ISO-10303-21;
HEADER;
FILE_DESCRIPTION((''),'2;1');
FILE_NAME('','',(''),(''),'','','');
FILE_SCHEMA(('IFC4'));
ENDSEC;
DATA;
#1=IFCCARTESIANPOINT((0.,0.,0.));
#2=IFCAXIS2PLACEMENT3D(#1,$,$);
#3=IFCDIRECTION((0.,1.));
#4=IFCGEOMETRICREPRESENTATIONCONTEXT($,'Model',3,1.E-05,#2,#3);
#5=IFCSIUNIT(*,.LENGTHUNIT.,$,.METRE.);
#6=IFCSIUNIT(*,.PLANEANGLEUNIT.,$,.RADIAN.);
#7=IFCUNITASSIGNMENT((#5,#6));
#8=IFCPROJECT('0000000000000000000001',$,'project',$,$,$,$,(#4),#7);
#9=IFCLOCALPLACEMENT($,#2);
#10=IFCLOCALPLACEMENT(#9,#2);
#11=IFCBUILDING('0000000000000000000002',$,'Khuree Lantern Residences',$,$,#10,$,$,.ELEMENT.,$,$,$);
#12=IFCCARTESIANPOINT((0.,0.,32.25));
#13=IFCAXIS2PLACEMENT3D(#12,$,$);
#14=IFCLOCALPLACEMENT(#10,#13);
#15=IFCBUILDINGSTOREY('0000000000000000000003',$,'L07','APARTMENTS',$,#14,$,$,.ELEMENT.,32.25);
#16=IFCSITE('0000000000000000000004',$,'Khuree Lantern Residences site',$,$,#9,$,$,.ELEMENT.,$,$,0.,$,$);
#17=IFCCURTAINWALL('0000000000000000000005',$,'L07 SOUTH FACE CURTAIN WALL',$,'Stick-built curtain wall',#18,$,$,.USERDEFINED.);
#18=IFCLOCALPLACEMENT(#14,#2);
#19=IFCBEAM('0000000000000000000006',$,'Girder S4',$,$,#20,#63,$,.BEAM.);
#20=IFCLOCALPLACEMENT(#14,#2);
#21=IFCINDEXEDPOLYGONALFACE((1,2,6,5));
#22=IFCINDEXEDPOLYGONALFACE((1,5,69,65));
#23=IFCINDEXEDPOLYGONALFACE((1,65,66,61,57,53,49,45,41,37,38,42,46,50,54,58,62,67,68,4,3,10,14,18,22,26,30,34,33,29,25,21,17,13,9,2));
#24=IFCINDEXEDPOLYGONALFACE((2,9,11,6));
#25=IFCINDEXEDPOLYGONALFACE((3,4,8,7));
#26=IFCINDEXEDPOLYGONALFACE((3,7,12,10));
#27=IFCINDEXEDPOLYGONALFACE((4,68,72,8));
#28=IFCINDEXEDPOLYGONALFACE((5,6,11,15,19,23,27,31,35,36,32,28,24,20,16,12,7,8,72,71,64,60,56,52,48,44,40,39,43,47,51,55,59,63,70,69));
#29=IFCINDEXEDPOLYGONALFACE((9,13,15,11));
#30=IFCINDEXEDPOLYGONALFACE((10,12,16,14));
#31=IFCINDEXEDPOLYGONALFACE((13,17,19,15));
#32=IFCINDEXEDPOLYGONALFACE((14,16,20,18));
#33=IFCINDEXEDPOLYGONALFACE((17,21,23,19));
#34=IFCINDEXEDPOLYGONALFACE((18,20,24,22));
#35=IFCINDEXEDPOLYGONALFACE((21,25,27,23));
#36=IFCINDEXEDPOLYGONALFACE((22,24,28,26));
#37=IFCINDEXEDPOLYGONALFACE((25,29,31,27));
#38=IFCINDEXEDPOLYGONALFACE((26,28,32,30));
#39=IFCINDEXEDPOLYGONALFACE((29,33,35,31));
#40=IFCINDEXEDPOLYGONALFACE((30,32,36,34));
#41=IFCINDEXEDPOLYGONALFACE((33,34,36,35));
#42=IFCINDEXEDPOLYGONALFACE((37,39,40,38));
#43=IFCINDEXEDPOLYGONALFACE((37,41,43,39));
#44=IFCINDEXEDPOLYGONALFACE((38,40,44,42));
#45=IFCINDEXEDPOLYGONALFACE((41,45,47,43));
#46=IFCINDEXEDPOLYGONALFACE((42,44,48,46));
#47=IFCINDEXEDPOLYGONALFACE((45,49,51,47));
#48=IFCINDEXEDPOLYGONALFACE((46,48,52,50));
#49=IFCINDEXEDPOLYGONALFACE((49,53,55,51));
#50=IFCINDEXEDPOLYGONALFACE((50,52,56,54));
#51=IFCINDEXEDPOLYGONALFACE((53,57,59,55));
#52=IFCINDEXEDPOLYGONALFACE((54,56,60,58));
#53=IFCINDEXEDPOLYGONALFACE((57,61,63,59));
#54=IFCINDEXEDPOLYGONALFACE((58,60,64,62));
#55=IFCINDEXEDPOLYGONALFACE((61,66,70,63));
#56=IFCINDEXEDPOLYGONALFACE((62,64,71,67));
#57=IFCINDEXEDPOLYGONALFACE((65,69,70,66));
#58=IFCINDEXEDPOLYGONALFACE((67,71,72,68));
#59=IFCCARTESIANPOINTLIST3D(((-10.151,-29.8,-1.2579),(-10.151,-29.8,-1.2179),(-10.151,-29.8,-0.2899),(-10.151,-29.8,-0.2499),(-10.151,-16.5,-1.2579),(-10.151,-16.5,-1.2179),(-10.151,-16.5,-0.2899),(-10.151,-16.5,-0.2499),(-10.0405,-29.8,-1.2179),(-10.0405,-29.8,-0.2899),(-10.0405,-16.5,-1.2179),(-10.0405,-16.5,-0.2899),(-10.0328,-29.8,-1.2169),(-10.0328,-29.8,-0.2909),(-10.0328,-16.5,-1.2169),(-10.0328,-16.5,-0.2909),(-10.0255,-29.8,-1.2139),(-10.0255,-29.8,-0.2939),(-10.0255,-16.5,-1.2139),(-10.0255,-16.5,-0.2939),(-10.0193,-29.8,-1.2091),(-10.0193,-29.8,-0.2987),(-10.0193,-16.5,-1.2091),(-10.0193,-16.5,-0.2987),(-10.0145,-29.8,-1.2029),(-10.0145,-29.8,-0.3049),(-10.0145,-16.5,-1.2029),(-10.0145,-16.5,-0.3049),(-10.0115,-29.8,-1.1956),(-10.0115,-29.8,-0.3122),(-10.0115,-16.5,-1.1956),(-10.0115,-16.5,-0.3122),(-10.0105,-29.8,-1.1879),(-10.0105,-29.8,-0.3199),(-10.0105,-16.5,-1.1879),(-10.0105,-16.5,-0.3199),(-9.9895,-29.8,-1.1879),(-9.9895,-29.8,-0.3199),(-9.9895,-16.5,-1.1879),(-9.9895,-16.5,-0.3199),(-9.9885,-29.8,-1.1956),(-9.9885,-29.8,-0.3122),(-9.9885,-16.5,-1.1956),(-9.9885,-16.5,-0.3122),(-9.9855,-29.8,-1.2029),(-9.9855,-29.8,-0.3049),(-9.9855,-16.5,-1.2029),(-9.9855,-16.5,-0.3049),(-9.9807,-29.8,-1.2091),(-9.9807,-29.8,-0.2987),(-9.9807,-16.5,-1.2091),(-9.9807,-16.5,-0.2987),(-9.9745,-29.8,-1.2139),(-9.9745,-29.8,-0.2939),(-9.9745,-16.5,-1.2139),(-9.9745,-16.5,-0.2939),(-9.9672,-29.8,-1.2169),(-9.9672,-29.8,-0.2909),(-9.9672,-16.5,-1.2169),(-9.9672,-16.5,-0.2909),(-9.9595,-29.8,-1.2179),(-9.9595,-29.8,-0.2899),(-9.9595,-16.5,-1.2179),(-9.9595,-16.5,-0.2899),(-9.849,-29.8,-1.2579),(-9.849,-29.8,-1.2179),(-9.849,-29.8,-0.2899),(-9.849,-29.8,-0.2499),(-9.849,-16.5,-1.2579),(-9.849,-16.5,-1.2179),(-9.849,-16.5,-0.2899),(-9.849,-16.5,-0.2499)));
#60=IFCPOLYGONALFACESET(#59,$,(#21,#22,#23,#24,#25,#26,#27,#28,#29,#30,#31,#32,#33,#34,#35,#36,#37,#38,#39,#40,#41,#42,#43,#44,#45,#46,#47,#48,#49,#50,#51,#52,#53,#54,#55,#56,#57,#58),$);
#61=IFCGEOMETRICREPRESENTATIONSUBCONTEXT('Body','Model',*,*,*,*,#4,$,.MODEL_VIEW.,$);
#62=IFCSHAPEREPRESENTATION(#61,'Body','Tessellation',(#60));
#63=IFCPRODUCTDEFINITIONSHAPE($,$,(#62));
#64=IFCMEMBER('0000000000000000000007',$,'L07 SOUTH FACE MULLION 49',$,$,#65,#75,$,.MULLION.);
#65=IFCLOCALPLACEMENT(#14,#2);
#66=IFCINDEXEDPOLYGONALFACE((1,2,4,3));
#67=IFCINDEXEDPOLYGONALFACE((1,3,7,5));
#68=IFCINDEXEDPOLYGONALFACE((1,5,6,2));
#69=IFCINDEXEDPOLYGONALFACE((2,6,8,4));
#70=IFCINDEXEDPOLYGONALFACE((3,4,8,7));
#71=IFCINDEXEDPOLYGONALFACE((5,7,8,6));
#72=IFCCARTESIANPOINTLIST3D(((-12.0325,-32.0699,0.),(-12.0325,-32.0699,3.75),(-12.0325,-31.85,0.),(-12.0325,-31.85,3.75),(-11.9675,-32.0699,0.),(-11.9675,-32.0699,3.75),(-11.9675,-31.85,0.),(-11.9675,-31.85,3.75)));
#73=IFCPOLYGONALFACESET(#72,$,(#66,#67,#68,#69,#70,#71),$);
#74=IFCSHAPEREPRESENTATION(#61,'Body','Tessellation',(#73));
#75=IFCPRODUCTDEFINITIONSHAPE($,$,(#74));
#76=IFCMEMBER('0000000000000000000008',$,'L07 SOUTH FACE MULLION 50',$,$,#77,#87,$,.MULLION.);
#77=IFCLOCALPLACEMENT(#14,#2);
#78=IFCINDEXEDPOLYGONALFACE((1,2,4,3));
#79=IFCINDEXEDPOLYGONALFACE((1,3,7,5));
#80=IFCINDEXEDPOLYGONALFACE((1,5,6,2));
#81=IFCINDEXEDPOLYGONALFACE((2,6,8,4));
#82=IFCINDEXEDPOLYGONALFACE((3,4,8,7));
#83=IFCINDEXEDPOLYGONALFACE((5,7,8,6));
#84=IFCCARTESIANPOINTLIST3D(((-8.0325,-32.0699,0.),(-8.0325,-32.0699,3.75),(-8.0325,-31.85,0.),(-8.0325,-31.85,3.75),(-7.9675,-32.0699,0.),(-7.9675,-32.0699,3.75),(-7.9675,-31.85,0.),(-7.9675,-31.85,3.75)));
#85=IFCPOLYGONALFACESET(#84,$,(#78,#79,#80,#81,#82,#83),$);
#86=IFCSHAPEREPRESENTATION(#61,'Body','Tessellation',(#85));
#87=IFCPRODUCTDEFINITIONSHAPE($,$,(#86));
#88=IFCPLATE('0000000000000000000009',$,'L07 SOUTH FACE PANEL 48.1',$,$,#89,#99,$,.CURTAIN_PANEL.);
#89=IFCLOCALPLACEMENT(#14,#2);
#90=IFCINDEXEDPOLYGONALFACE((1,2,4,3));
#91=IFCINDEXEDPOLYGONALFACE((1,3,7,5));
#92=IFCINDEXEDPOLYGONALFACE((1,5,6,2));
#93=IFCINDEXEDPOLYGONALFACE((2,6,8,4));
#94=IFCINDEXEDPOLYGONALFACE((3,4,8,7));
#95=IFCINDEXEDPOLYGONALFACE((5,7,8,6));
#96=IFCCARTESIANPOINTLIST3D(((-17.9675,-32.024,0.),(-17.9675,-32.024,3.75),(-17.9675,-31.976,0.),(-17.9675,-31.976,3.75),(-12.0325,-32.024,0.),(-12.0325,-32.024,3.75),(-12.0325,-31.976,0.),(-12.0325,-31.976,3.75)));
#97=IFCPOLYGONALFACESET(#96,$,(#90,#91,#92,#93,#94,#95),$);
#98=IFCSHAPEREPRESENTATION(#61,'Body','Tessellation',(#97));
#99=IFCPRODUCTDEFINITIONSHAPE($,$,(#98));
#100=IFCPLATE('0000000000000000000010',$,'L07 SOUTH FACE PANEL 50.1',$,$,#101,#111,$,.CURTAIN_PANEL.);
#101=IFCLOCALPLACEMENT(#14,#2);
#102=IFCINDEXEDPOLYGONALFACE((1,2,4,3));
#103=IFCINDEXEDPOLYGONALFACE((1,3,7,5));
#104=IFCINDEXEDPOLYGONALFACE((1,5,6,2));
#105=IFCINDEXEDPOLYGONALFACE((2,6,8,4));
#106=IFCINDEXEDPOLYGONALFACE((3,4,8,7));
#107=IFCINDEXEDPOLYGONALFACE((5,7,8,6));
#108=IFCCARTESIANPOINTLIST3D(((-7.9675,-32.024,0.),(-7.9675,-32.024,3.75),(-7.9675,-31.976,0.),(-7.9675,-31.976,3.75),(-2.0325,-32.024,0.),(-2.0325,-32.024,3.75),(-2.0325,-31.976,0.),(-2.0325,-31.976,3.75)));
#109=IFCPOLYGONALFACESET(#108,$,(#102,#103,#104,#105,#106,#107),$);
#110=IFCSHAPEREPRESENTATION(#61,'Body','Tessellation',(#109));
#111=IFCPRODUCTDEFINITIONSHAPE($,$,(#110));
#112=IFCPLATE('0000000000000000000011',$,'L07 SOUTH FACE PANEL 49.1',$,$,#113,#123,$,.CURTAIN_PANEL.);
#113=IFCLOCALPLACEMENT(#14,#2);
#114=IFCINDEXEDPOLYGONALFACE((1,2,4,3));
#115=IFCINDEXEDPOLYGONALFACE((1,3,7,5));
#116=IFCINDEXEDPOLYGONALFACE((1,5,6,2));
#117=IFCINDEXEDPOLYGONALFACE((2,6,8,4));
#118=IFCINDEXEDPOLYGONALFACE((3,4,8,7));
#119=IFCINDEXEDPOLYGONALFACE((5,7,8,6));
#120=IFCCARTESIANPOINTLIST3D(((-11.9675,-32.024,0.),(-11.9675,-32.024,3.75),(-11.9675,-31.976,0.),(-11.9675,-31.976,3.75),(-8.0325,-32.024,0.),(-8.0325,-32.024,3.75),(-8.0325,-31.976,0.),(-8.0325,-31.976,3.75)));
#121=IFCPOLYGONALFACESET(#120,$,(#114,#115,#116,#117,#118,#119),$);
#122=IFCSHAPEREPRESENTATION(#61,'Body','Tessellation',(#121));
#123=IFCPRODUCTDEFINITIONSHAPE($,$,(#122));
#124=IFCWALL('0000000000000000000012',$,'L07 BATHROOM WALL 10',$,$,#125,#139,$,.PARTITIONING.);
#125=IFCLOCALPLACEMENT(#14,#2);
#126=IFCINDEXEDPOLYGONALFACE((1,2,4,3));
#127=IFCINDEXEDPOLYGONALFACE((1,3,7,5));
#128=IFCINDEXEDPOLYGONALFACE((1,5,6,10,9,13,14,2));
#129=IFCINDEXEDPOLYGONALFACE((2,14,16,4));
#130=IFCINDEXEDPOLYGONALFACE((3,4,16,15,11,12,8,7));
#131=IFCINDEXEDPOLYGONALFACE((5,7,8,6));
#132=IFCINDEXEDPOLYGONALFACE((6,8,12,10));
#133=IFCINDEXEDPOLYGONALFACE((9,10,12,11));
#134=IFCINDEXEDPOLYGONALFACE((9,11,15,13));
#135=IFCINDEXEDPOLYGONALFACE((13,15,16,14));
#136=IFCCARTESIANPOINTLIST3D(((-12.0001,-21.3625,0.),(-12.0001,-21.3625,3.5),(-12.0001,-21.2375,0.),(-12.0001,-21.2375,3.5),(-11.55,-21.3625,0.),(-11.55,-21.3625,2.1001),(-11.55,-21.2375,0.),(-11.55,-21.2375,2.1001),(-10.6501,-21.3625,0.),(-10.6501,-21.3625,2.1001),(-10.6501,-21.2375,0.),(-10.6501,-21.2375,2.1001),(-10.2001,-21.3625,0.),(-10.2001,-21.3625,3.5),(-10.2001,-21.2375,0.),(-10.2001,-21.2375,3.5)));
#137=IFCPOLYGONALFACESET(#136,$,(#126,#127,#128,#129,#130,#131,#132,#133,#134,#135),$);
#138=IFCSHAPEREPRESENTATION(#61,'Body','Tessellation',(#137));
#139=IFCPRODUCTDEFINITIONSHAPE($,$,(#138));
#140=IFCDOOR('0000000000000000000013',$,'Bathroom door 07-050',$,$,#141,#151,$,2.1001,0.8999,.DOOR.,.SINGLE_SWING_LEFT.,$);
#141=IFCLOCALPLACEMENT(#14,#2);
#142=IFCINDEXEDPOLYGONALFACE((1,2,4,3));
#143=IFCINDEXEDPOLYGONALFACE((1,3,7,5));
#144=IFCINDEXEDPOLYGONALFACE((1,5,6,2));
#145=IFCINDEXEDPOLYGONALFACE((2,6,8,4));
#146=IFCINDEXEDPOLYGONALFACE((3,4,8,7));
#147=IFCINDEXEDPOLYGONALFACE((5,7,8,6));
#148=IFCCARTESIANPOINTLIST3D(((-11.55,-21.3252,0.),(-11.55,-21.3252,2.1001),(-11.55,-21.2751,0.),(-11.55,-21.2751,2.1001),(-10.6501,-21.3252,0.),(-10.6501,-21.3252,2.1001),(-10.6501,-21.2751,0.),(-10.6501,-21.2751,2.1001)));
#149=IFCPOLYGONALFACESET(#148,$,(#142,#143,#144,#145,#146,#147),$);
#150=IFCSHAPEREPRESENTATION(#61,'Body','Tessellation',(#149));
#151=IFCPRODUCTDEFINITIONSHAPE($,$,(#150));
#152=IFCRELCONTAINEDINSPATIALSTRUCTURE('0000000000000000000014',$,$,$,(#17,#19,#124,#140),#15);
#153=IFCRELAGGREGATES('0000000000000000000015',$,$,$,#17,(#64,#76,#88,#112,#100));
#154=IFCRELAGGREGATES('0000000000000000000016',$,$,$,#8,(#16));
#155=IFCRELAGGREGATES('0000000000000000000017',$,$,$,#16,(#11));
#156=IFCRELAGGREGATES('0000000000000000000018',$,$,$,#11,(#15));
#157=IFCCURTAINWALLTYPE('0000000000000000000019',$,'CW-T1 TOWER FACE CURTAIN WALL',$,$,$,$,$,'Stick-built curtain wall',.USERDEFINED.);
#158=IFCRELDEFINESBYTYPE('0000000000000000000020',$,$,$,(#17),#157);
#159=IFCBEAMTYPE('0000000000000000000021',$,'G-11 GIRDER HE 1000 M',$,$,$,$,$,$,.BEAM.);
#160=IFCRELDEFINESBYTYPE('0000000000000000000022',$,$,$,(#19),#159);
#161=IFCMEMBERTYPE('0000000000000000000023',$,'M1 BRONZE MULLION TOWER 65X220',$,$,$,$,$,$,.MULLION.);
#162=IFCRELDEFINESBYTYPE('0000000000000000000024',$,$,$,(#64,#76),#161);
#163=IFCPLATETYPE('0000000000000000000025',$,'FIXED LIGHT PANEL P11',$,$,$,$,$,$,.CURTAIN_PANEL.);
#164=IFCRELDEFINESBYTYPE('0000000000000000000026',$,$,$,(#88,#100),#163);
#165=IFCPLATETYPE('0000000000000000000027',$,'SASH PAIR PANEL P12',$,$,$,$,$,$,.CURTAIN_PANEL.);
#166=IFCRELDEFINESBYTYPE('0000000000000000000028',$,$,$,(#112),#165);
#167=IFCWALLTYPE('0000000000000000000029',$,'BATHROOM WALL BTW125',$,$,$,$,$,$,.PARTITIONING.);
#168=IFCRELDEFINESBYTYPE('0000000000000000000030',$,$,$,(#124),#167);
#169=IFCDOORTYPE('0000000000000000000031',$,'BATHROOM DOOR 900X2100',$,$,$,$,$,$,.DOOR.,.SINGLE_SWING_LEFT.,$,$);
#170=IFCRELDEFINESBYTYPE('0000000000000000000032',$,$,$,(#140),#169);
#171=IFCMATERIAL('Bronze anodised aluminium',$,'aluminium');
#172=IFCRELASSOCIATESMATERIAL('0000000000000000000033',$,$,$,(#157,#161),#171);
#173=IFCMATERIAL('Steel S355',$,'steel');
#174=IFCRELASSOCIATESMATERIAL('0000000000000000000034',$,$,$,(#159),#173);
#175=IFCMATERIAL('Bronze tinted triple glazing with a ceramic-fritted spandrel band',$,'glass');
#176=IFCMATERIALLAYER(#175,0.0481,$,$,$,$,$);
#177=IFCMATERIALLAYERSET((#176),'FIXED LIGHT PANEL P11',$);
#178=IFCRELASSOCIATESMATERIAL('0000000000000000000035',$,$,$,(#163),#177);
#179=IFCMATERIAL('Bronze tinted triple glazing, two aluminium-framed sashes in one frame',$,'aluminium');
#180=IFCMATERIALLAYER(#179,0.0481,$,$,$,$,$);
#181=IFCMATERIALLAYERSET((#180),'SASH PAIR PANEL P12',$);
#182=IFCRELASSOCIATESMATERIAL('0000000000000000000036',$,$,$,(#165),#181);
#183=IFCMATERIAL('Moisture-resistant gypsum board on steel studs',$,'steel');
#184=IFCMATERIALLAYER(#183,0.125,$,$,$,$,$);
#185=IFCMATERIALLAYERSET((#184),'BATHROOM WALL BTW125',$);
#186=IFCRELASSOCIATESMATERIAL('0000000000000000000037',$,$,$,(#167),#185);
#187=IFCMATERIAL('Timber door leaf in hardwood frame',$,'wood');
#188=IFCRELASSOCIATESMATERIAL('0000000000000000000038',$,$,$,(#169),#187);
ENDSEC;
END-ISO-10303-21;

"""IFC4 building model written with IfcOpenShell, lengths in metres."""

from ifc_helpers import new_model, si_unit, direction, frame, frame_2d, origin, origin_2d, place, context, subcontext, project, spatial, rectangle, i_section, extrude, material, layer, layer_set, material_profile, profile_set, type_object, element, fill, aggregate, save


model = new_model("IFC4")

# Units and contexts
model_context = context("Model", 3, precision=1e-05, world=origin(), true_north=direction((0.0, 1.0)))
body_context = subcontext(model_context, "Body", "Model", "MODEL_VIEW")
ifc_project = project(units=[si_unit("LENGTHUNIT", "METRE"), si_unit("PLANEANGLEUNIT", "RADIAN")], contexts=[model_context])

# Site, building, storey
site_placement = place(None, origin())
site = spatial("IfcSite", under=ifc_project, at=site_placement, Name="Khuree Lantern Residences site", CompositionType="ELEMENT", RefElevation=0.0)
building_placement = place(site_placement, origin())
building = spatial("IfcBuilding", under=site, at=building_placement, Name="Khuree Lantern Residences", CompositionType="ELEMENT")
storey_placement = place(building_placement, frame((0.0, 0.0, 32.25)))
storey = spatial("IfcBuildingStorey", under=building, at=storey_placement, Name="L07", Description="APARTMENTS", CompositionType="ELEMENT", Elevation=32.25)

# Shared definitions
ifc_material_1 = material(Name="Steel S355", Category="steel")

# Curtain wall
ifc_material_2 = material(Name="Bronze anodised aluminium", Category="aluminium")
curtain_wall_type = type_object("IfcCurtainWallType", Name="CW-T1 TOWER FACE CURTAIN WALL", ElementType="Stick-built curtain wall", PredefinedType="USERDEFINED", material=ifc_material_2)
curtain_wall_placement = place(storey_placement, origin())
curtain_wall = element("IfcCurtainWall", 1, at=curtain_wall_placement, inside=storey, type_object=curtain_wall_type, Name="L07 SOUTH FACE CURTAIN WALL", ObjectType="Stick-built curtain wall", PredefinedType="USERDEFINED")

# Beam
ifc_material_profile_1 = material_profile(ifc_material_1, i_section(OverallWidth=0.302, OverallDepth=1.0081, WebThickness=0.021, FlangeThickness=0.04, FilletRadius=0.03, at=origin_2d()), Name="HE 1000 M")
ifc_profile_set_1 = profile_set([ifc_material_profile_1], Name="Steel S355")
beam_type_1 = type_object("IfcBeamType", Name="G-11 GIRDER HE 1000 M", PredefinedType="BEAM", material=ifc_profile_set_1)
beam_1_placement = place(storey_placement, frame((-10.0, -29.8, -0.7539), z_axis=(0.0, 1.0, 0.0), x_axis=(-1.0, 0.0, 0.0)))
element("IfcBeam", 2, at=beam_1_placement, inside=storey, type_object=beam_type_1, Name="Girder S4", PredefinedType="BEAM", context=body_context, shape_type="SweptSolid", body=[
    extrude(i_section(OverallWidth=0.302, OverallDepth=1.0081, WebThickness=0.021, FlangeThickness=0.04, FilletRadius=0.03, at=origin_2d()), origin(), (0.0, 0.0, 1.0), 13.3),
])

# Members
ifc_material_profile_2 = material_profile(ifc_material_2, rectangle(XDim=0.0649, YDim=0.22, at=origin_2d()), Name="M1 65X220")
ifc_profile_set_2 = profile_set([ifc_material_profile_2], Name="Bronze anodised aluminium")
member_type_1 = type_object("IfcMemberType", Name="M1 BRONZE MULLION TOWER 65X220", PredefinedType="MULLION", material=ifc_profile_set_2)
member_1_placement = place(storey_placement, frame((-12.0, -31.96, 0.0), z_axis=(0.0, 0.0, 1.0), x_axis=(1.0, 0.0, 0.0)))
member_1 = element("IfcMember", 3, at=member_1_placement, type_object=member_type_1, Name="L07 SOUTH FACE MULLION 49", PredefinedType="MULLION", context=body_context, shape_type="SweptSolid", body=[
    extrude(rectangle(XDim=0.0649, YDim=0.22, at=origin_2d()), origin(), (0.0, 0.0, 1.0), 3.75),
])
member_2_placement = place(storey_placement, frame((-8.0, -31.96, 0.0), z_axis=(0.0, 0.0, 1.0), x_axis=(1.0, 0.0, 0.0)))
member_2 = element("IfcMember", 4, at=member_2_placement, type_object=member_type_1, Name="L07 SOUTH FACE MULLION 50", PredefinedType="MULLION", context=body_context, shape_type="SweptSolid", body=[
    extrude(rectangle(XDim=0.0649, YDim=0.22, at=origin_2d()), origin(), (0.0, 0.0, 1.0), 3.75),
])

# Plates
ifc_material_3 = material(Name="Bronze tinted triple glazing with a ceramic-fritted spandrel band", Category="glass")
ifc_layer_1 = layer(ifc_material_3, 0.0481)
ifc_layer_set_1 = layer_set([ifc_layer_1], Name="FIXED LIGHT PANEL P11")
plate_type_1 = type_object("IfcPlateType", Name="FIXED LIGHT PANEL P11", PredefinedType="CURTAIN_PANEL", material=ifc_layer_set_1)
plate_1_placement = place(storey_placement, frame((-15.0, -32.0, 0.0), z_axis=(0.0, 0.0, 1.0), x_axis=(1.0, 0.0, 0.0)))
plate_1 = element("IfcPlate", 5, at=plate_1_placement, type_object=plate_type_1, Name="L07 SOUTH FACE PANEL 48.1", PredefinedType="CURTAIN_PANEL", context=body_context, shape_type="SweptSolid", body=[
    extrude(rectangle(XDim=5.9351, YDim=0.0481, at=origin_2d()), origin(), (0.0, 0.0, 1.0), 3.75),
])
plate_2_placement = place(storey_placement, frame((-5.0, -32.0, 0.0), z_axis=(0.0, 0.0, 1.0), x_axis=(1.0, 0.0, 0.0)))
plate_2 = element("IfcPlate", 6, at=plate_2_placement, type_object=plate_type_1, Name="L07 SOUTH FACE PANEL 50.1", PredefinedType="CURTAIN_PANEL", context=body_context, shape_type="SweptSolid", body=[
    extrude(rectangle(XDim=5.9351, YDim=0.0481, at=origin_2d()), origin(), (0.0, 0.0, 1.0), 3.75),
])
ifc_material_4 = material(Name="Bronze tinted triple glazing, two aluminium-framed sashes in one frame", Category="aluminium")
ifc_layer_2 = layer(ifc_material_4, 0.0481)
ifc_layer_set_2 = layer_set([ifc_layer_2], Name="SASH PAIR PANEL P12")
plate_type_2 = type_object("IfcPlateType", Name="SASH PAIR PANEL P12", PredefinedType="CURTAIN_PANEL", material=ifc_layer_set_2)
plate_3_placement = place(storey_placement, frame((-10.0, -32.0, 0.0), z_axis=(0.0, 0.0, 1.0), x_axis=(1.0, 0.0, 0.0)))
plate_3 = element("IfcPlate", 7, at=plate_3_placement, type_object=plate_type_2, Name="L07 SOUTH FACE PANEL 49.1", PredefinedType="CURTAIN_PANEL", context=body_context, shape_type="SweptSolid", body=[
    extrude(rectangle(XDim=3.9351, YDim=0.0481, at=origin_2d()), origin(), (0.0, 0.0, 1.0), 3.75),
])
aggregate(curtain_wall, [member_1, member_2, plate_1, plate_3, plate_2])

# Wall, opening, door
ifc_material_5 = material(Name="Moisture-resistant gypsum board on steel studs", Category="steel")
ifc_layer_3 = layer(ifc_material_5, 0.125)
ifc_layer_set_3 = layer_set([ifc_layer_3], Name="BATHROOM WALL BTW125")
wall_type_1 = type_object("IfcWallType", Name="BATHROOM WALL BTW125", PredefinedType="PARTITIONING", material=ifc_layer_set_3)
wall_1_placement = place(storey_placement, frame((-12.0, -21.3, 0.0), z_axis=(0.0, 0.0, 1.0), x_axis=(1.0, 0.0, 0.0)))
wall_1 = element("IfcWall", 8, at=wall_1_placement, inside=storey, type_object=wall_type_1, Name="L07 BATHROOM WALL 10", PredefinedType="PARTITIONING", context=body_context, shape_type="SweptSolid", body=[
    extrude(rectangle(XDim=1.8, YDim=0.125, at=frame_2d((0.8999, 0.0))), origin(), (0.0, 0.0, 1.0), 3.5),
])
opening_1_placement = place(wall_1_placement, frame((0.45, 0.0, 0.0)))
opening_1 = element("IfcOpeningElement", 9, at=opening_1_placement, cuts=wall_1, PredefinedType="OPENING", context=body_context, shape_type="SweptSolid", body=[
    extrude(rectangle(XDim=0.8999, YDim=2.1001, at=frame_2d((0.45, 1.05))), frame((0.0, 0.0725, 0.0), z_axis=(0.0, -1.0, 0.0), x_axis=(1.0, 0.0, 0.0)), (0.0, 0.0, 1.0), 0.145),
])
ifc_material_6 = material(Name="Timber door leaf in hardwood frame", Category="wood")
door_type_1 = type_object("IfcDoorType", Name="BATHROOM DOOR 900X2100", OperationType="SINGLE_SWING_LEFT", PredefinedType="DOOR", material=ifc_material_6)
door_1_placement = place(opening_1_placement, origin())
door_1 = element("IfcDoor", 10, at=door_1_placement, inside=storey, type_object=door_type_1, Name="Bathroom door 07-050", OperationType="SINGLE_SWING_LEFT", OverallHeight=2.1001, OverallWidth=0.8999, PredefinedType="DOOR", context=body_context, shape_type="SweptSolid", body=[
    extrude(rectangle(XDim=0.8999, YDim=2.1001, at=frame_2d((0.45, 1.05))), frame((0.0, 0.0249, 0.0), z_axis=(0.0, -1.0, 0.0), x_axis=(1.0, 0.0, 0.0)), (0.0, 0.0, 1.0), 0.05),
])
fill(opening_1, door_1)

save(model, "model.ifc")
